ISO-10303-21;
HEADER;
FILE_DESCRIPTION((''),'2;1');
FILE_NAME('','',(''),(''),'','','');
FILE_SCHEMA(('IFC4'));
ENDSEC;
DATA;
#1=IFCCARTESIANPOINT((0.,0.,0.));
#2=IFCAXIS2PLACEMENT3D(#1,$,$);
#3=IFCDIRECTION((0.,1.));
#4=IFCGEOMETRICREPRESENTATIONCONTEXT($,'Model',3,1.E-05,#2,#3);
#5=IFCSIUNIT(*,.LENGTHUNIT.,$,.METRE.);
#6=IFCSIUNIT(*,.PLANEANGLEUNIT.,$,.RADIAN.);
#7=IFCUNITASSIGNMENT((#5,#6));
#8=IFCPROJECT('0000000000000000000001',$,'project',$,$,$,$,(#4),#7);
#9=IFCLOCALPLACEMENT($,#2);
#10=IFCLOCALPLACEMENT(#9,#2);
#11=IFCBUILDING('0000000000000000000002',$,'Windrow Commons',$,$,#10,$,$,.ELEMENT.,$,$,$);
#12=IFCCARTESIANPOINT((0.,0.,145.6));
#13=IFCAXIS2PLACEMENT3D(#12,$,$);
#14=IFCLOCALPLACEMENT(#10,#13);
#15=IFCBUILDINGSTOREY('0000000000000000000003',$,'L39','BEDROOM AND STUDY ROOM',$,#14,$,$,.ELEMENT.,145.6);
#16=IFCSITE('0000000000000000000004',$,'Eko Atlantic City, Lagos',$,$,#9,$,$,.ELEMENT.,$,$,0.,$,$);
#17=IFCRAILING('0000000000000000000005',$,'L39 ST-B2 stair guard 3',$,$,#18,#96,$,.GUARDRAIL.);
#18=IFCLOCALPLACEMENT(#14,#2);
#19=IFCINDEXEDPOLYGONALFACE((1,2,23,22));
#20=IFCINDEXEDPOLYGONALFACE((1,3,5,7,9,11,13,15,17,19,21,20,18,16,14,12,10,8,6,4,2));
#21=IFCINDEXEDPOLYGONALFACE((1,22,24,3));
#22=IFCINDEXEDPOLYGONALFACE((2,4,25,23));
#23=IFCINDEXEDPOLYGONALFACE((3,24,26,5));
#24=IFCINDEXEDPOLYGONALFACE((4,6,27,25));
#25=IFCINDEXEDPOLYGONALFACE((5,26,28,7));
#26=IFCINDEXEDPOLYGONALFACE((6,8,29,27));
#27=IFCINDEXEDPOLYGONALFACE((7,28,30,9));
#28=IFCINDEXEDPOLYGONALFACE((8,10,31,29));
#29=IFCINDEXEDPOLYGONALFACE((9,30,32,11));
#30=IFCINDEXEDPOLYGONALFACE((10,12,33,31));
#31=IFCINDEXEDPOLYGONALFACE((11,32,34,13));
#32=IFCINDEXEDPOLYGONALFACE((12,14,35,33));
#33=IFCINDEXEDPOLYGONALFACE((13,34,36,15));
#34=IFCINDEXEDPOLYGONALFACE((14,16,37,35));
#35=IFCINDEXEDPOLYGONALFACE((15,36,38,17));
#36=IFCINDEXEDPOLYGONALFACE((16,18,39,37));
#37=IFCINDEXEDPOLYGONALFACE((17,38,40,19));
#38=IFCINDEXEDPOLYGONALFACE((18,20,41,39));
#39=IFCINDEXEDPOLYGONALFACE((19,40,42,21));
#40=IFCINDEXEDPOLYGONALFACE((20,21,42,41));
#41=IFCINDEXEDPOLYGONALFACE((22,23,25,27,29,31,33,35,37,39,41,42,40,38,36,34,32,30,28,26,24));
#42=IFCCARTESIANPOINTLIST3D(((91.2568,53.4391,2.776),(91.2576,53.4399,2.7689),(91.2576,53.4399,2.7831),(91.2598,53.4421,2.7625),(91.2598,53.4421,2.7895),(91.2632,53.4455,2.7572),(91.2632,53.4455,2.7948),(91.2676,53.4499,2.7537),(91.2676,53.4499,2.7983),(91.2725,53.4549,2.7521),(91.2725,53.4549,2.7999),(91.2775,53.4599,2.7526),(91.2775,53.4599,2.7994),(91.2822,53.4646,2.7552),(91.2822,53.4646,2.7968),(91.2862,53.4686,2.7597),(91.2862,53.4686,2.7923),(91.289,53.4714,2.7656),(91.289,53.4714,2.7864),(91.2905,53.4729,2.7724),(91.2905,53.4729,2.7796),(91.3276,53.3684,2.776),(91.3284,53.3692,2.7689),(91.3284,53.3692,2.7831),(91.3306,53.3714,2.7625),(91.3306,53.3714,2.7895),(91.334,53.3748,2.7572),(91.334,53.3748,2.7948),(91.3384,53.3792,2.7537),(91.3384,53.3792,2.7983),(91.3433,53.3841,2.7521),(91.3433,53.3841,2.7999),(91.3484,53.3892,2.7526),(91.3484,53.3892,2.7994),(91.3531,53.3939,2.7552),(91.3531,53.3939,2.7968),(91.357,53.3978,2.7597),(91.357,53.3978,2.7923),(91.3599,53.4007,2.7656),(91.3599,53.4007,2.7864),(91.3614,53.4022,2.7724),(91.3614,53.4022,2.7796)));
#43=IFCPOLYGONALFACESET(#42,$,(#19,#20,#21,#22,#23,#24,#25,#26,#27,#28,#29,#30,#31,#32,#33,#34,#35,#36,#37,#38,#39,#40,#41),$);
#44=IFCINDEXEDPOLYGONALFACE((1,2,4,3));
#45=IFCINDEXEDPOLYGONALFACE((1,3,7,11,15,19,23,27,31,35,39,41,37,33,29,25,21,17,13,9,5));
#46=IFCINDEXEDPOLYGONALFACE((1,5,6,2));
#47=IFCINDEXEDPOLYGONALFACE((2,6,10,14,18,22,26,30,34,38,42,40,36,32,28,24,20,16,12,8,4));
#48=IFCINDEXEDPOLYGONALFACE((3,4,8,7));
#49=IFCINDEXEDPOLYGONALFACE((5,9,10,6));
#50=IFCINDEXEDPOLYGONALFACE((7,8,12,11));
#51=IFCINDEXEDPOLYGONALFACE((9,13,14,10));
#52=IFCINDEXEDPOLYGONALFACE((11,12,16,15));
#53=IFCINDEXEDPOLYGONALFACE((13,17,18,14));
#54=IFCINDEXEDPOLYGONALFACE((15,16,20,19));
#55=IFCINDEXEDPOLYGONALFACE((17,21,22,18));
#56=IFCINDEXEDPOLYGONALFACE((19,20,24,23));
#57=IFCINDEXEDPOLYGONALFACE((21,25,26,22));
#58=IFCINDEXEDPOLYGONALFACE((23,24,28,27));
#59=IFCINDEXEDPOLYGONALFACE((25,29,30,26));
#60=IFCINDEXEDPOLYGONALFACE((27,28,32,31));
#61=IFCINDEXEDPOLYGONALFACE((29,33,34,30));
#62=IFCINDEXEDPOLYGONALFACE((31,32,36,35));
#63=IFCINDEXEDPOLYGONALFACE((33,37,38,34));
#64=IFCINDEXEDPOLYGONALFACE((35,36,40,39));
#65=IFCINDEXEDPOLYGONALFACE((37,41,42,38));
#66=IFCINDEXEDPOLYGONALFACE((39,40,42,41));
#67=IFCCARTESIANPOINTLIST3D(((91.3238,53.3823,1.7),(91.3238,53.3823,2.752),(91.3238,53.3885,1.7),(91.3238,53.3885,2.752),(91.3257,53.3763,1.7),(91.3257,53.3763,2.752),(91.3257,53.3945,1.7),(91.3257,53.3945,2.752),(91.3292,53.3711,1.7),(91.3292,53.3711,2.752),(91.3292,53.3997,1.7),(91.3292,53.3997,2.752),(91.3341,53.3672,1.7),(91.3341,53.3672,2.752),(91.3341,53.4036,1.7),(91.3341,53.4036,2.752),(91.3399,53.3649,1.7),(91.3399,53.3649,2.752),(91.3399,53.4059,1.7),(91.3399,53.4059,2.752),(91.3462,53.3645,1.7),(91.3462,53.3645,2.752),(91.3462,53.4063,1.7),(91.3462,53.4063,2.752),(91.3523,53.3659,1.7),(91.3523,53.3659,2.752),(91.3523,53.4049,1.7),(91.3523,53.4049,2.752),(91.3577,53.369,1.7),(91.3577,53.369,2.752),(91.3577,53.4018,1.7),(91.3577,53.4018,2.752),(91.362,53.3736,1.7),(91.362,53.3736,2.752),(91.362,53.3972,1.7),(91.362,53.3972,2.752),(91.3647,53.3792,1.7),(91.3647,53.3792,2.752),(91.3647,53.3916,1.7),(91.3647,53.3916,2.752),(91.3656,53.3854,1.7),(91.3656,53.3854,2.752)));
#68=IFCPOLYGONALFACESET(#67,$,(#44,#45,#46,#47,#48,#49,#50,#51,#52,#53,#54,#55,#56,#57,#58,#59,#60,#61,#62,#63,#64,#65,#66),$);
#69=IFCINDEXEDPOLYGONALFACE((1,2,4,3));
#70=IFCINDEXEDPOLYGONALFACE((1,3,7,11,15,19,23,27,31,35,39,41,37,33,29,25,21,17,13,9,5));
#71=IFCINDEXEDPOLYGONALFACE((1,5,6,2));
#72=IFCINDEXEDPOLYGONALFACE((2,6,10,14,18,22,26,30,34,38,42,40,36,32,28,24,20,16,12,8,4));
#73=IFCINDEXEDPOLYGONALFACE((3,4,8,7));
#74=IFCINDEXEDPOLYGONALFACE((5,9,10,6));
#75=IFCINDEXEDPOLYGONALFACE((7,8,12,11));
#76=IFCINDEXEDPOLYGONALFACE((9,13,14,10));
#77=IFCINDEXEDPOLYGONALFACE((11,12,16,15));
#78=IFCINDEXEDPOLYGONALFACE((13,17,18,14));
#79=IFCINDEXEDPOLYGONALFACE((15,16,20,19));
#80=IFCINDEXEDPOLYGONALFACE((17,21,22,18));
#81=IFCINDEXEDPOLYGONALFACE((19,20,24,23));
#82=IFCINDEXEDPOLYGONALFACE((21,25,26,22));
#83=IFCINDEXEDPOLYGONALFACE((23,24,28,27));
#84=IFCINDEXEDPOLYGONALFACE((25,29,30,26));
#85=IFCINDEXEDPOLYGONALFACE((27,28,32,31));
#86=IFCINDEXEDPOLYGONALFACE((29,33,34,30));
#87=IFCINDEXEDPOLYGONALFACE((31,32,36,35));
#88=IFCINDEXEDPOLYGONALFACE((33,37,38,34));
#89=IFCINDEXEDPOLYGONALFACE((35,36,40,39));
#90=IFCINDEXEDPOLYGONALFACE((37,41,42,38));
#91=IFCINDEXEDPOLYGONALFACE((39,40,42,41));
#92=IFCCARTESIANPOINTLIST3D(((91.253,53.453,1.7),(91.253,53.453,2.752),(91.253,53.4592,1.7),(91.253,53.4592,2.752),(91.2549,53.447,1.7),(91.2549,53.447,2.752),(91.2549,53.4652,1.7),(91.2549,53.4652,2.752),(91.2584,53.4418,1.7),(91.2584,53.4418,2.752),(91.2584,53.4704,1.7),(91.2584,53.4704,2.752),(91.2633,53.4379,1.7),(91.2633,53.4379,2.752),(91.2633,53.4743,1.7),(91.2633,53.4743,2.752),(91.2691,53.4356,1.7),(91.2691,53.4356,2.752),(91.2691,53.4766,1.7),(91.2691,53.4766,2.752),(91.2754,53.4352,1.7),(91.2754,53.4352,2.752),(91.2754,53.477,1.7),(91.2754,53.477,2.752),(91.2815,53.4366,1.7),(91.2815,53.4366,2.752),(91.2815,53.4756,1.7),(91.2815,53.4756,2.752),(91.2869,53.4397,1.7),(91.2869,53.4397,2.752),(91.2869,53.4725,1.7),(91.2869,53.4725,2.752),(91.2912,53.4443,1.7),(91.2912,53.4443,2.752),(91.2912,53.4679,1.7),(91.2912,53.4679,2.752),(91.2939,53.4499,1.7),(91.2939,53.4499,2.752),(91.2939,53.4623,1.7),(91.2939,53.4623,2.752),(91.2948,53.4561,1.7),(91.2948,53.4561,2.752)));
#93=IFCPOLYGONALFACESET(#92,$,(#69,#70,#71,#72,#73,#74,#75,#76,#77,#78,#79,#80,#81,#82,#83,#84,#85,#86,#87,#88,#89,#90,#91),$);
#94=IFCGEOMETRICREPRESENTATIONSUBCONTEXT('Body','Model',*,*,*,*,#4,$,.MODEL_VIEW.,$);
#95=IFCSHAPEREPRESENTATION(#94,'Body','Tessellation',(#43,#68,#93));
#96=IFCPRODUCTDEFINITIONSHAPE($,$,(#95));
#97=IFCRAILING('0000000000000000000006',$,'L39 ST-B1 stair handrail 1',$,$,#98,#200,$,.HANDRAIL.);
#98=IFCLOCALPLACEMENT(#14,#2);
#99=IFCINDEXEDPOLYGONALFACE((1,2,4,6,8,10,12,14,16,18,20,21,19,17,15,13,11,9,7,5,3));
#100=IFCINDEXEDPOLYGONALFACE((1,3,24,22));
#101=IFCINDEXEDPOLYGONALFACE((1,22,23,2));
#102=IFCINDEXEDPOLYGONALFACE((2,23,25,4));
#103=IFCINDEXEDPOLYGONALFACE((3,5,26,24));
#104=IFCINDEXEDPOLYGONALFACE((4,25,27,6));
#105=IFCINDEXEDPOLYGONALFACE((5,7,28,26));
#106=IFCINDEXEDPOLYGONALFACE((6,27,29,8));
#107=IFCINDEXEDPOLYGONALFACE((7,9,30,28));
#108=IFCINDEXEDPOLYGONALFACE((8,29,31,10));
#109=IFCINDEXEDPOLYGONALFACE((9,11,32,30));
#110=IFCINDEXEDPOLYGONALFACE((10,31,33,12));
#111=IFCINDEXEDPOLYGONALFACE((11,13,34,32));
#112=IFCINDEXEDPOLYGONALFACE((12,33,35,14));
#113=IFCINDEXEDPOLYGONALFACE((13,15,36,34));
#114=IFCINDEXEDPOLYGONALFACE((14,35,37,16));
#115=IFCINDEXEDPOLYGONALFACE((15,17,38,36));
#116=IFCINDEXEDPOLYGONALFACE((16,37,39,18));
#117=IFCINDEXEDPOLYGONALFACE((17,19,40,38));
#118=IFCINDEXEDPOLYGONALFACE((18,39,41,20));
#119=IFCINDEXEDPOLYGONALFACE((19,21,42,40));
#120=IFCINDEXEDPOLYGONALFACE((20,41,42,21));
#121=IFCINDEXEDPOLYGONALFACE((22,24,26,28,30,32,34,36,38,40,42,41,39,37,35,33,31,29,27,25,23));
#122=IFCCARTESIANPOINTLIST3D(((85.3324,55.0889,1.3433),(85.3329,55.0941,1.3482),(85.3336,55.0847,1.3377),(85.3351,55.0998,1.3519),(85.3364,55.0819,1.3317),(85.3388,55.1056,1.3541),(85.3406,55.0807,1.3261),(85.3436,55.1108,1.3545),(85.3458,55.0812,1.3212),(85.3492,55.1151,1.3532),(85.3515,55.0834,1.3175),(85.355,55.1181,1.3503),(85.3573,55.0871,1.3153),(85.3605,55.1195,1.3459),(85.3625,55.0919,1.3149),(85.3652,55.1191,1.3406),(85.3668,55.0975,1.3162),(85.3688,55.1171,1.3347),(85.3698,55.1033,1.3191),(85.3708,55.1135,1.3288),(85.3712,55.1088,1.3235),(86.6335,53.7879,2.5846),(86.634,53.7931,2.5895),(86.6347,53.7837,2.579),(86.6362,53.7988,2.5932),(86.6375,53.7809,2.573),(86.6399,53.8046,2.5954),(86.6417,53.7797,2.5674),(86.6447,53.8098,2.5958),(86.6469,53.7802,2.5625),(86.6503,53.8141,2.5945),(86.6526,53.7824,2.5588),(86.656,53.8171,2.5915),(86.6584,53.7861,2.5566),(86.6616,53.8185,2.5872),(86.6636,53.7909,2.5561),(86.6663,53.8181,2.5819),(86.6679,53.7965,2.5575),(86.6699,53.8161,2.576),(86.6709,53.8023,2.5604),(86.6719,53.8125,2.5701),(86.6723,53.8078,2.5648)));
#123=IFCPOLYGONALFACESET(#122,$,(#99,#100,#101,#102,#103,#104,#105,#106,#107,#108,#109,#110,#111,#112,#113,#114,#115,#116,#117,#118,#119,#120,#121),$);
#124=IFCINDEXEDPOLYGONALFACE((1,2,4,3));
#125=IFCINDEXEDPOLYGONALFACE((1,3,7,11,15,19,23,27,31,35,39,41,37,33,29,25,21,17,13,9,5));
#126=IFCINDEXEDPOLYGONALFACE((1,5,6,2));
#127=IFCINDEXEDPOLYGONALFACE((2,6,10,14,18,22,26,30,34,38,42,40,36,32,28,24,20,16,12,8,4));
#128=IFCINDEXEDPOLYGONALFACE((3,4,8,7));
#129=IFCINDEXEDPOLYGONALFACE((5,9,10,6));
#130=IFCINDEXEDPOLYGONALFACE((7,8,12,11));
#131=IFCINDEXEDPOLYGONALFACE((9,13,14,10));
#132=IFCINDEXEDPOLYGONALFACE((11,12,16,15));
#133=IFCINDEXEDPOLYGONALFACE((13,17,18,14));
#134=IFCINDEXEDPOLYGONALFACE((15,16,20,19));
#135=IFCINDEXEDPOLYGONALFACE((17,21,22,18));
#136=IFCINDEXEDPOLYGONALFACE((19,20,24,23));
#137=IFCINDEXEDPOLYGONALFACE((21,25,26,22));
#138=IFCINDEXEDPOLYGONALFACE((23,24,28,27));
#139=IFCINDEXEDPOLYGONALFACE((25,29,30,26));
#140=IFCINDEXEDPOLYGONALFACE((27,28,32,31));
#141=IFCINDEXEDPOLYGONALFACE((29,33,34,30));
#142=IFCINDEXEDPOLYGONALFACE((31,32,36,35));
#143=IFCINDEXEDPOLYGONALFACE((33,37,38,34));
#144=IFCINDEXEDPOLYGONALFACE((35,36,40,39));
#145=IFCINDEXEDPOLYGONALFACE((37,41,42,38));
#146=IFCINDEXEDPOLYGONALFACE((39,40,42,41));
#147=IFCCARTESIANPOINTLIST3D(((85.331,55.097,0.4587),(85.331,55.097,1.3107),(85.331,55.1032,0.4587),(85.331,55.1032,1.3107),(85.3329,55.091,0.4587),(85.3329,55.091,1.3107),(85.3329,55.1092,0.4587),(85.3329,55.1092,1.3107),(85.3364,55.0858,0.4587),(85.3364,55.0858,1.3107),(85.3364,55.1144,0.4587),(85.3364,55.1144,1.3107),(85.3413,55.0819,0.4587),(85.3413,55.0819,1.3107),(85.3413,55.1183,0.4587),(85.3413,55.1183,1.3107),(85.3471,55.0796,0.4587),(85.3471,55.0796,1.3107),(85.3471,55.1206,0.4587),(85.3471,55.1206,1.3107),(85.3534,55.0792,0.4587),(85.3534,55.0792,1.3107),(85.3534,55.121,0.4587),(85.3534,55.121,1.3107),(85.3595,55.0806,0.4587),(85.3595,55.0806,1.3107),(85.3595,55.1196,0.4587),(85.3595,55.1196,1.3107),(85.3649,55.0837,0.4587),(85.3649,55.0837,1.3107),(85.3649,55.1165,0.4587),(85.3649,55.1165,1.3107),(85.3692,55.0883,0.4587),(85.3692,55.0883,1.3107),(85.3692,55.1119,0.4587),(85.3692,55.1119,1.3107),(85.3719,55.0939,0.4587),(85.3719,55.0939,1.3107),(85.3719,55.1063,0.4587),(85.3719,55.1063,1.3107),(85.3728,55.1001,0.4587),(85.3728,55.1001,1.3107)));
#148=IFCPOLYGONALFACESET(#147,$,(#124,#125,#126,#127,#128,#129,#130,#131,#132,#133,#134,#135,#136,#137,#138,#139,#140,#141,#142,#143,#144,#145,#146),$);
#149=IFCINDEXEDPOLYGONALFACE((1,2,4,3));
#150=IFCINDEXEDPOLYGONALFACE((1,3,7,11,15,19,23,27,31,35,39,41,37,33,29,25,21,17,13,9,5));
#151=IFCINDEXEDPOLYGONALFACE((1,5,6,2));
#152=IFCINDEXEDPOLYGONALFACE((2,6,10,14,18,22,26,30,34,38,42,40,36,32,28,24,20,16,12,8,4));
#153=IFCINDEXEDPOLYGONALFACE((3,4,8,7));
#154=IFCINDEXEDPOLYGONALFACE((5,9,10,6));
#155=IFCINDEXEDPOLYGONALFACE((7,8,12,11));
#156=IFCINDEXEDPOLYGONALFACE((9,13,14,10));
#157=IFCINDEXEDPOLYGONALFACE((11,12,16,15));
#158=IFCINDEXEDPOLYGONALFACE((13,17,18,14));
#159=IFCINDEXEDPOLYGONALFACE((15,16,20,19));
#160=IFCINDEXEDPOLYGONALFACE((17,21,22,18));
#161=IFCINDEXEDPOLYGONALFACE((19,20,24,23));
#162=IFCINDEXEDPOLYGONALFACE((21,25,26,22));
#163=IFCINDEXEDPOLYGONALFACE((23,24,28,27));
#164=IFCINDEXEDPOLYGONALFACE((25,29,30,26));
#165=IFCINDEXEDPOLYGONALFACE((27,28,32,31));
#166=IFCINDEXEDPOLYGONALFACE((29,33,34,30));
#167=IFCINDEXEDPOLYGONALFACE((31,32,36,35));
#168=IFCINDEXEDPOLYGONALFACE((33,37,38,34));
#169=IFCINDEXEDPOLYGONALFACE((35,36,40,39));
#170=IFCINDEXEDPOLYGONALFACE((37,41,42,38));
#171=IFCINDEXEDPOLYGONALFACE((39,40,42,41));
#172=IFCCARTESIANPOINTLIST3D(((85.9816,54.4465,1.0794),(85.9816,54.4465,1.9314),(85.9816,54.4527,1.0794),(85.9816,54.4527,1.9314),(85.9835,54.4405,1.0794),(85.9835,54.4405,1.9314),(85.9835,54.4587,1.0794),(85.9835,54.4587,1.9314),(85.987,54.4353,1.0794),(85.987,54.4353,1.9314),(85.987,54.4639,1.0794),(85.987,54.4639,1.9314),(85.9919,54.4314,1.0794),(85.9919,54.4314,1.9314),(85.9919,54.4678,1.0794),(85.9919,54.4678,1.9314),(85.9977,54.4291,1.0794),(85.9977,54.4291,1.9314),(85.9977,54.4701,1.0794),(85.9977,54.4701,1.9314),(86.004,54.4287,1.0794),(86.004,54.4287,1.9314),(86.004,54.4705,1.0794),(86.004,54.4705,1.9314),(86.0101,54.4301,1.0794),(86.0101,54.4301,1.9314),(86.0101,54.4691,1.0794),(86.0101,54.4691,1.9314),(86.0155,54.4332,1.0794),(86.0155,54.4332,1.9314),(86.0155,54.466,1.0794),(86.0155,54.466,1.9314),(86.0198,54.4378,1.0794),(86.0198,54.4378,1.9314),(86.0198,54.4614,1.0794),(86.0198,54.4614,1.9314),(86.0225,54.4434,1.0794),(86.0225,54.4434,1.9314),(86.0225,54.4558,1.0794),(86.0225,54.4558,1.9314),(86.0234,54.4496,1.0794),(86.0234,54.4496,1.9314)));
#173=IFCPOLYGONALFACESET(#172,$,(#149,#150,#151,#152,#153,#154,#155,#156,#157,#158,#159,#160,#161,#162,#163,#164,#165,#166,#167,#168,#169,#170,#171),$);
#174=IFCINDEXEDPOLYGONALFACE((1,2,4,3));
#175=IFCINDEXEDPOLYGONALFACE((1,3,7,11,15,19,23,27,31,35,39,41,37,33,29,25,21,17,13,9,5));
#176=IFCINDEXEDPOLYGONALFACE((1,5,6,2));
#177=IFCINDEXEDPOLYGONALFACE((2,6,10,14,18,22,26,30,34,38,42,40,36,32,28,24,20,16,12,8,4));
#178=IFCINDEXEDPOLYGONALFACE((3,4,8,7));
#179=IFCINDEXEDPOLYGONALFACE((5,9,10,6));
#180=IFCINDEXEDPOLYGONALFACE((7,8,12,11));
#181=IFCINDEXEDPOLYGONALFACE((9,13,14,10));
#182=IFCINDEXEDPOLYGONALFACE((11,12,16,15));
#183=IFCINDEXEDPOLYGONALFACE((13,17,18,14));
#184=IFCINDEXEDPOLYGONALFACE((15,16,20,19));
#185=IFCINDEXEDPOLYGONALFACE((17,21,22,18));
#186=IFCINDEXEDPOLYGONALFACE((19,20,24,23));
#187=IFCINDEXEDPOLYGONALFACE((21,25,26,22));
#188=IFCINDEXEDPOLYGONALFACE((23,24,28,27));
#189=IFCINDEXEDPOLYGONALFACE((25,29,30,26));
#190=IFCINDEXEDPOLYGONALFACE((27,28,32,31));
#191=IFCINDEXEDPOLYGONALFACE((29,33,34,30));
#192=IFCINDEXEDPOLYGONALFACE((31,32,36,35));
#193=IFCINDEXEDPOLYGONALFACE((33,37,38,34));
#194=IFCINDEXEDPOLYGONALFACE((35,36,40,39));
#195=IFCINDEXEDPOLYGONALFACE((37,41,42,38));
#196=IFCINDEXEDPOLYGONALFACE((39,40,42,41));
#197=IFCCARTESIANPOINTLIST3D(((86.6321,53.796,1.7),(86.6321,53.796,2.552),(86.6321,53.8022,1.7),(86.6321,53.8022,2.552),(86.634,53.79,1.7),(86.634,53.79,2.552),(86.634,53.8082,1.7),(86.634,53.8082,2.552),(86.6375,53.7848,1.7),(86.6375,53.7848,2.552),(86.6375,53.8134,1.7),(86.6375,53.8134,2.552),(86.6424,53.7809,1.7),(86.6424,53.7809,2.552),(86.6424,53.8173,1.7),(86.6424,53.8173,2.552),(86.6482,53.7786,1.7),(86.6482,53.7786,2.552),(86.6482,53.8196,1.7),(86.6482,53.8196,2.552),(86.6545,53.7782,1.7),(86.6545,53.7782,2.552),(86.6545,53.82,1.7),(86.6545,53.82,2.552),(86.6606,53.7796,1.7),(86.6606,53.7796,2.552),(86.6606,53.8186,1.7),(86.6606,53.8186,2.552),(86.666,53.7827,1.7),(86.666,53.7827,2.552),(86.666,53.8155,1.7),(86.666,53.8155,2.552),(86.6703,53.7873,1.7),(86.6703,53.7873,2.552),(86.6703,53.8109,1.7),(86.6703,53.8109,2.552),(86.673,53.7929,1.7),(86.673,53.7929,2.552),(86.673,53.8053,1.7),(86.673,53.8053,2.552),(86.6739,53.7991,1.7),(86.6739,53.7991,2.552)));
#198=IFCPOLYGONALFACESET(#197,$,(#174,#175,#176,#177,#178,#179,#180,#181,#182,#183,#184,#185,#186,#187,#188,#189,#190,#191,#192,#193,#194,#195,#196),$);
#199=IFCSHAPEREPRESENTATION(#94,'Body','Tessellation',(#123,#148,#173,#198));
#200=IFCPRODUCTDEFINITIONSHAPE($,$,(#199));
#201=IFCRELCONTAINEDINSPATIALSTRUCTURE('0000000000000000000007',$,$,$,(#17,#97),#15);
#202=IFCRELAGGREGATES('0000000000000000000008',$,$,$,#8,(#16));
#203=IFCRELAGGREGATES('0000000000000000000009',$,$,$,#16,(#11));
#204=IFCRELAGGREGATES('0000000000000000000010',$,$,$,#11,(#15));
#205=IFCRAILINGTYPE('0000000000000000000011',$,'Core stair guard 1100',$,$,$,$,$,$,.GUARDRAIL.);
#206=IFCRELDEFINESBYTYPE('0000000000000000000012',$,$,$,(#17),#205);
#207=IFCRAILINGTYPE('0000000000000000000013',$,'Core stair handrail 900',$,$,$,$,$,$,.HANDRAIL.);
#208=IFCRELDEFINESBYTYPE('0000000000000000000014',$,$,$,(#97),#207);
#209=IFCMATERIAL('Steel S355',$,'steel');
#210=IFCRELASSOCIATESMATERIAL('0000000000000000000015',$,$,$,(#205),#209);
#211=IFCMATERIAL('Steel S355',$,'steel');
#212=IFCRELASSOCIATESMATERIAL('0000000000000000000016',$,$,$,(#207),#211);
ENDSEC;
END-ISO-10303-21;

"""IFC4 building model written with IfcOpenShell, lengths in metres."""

from ifc_helpers import new_model, si_unit, direction, frame, origin, origin_2d, place, context, subcontext, project, spatial, circle, extrude, material, type_object, element, save


model = new_model("IFC4")

# Units and contexts
model_context = context("Model", 3, precision=1e-05, world=origin(), true_north=direction((0.0, 1.0)))
body_context = subcontext(model_context, "Body", "Model", "MODEL_VIEW")
ifc_project = project(units=[si_unit("LENGTHUNIT", "METRE"), si_unit("PLANEANGLEUNIT", "RADIAN")], contexts=[model_context])

# Site, building, storey
site_placement = place(None, origin())
site = spatial("IfcSite", under=ifc_project, at=site_placement, Name="Eko Atlantic City, Lagos", CompositionType="ELEMENT", RefElevation=0.0)
building_placement = place(site_placement, origin())
building = spatial("IfcBuilding", under=site, at=building_placement, Name="Windrow Commons", CompositionType="ELEMENT")
storey_placement = place(building_placement, frame((0.0, 0.0, 145.6)))
storey = spatial("IfcBuildingStorey", under=building, at=storey_placement, Name="L39", Description="BEDROOM AND STUDY ROOM", CompositionType="ELEMENT", Elevation=145.6)

# Railings
ifc_material_1 = material(Name="Steel S355", Category="steel")
railing_type_1 = type_object("IfcRailingType", Name="Core stair guard 1100", PredefinedType="GUARDRAIL", material=ifc_material_1)
railing_1_placement = place(storey_placement, frame((91.3446, 53.3854, 1.7)))
element("IfcRailing", 1, at=railing_1_placement, inside=storey, type_object=railing_type_1, Name="L39 ST-B2 stair guard 3", PredefinedType="GUARDRAIL", context=body_context, shape_type="SweptSolid", body=[
    extrude(circle(Radius=0.024, at=origin_2d()), frame((0.0, 0.0, 1.076), z_axis=(-0.707606, 0.706607, 0.0), x_axis=(-0.706607, -0.707606, 0.0)), (0.0, 0.0, 1.0), 0.1001),
    extrude(circle(Radius=0.021, at=origin_2d()), origin(), (0.0, 0.0, 1.0), 1.052),
    extrude(circle(Radius=0.021, at=origin_2d()), frame((-0.0708, 0.0707, 0.0)), (0.0, 0.0, 1.0), 1.052),
])
ifc_material_2 = material(Name="Steel S355", Category="steel")
railing_type_2 = type_object("IfcRailingType", Name="Core stair handrail 900", PredefinedType="HANDRAIL", material=ifc_material_2)
railing_2_placement = place(storey_placement, frame((85.3518, 55.1001, 0.4587)))
element("IfcRailing", 2, at=railing_2_placement, inside=storey, type_object=railing_type_2, Name="L39 ST-B1 stair handrail 1", PredefinedType="HANDRAIL", context=body_context, shape_type="SweptSolid", body=[
    extrude(circle(Radius=0.024, at=origin_2d()), frame((0.0, 0.0, 0.876), z_axis=(0.586207, -0.586162, 0.559264), x_axis=(0.70708, 0.707134, 0.0)), (0.0, 0.0, 1.0), 2.2195),
    extrude(circle(Radius=0.021, at=origin_2d()), origin(), (0.0, 0.0, 1.0), 0.852),
    extrude(circle(Radius=0.021, at=origin_2d()), frame((0.6506, -0.6505, 0.6207)), (0.0, 0.0, 1.0), 0.852),
    extrude(circle(Radius=0.021, at=origin_2d()), frame((1.3011, -1.301, 1.2413)), (0.0, 0.0, 1.0), 0.852),
])

save(model, "model.ifc")
